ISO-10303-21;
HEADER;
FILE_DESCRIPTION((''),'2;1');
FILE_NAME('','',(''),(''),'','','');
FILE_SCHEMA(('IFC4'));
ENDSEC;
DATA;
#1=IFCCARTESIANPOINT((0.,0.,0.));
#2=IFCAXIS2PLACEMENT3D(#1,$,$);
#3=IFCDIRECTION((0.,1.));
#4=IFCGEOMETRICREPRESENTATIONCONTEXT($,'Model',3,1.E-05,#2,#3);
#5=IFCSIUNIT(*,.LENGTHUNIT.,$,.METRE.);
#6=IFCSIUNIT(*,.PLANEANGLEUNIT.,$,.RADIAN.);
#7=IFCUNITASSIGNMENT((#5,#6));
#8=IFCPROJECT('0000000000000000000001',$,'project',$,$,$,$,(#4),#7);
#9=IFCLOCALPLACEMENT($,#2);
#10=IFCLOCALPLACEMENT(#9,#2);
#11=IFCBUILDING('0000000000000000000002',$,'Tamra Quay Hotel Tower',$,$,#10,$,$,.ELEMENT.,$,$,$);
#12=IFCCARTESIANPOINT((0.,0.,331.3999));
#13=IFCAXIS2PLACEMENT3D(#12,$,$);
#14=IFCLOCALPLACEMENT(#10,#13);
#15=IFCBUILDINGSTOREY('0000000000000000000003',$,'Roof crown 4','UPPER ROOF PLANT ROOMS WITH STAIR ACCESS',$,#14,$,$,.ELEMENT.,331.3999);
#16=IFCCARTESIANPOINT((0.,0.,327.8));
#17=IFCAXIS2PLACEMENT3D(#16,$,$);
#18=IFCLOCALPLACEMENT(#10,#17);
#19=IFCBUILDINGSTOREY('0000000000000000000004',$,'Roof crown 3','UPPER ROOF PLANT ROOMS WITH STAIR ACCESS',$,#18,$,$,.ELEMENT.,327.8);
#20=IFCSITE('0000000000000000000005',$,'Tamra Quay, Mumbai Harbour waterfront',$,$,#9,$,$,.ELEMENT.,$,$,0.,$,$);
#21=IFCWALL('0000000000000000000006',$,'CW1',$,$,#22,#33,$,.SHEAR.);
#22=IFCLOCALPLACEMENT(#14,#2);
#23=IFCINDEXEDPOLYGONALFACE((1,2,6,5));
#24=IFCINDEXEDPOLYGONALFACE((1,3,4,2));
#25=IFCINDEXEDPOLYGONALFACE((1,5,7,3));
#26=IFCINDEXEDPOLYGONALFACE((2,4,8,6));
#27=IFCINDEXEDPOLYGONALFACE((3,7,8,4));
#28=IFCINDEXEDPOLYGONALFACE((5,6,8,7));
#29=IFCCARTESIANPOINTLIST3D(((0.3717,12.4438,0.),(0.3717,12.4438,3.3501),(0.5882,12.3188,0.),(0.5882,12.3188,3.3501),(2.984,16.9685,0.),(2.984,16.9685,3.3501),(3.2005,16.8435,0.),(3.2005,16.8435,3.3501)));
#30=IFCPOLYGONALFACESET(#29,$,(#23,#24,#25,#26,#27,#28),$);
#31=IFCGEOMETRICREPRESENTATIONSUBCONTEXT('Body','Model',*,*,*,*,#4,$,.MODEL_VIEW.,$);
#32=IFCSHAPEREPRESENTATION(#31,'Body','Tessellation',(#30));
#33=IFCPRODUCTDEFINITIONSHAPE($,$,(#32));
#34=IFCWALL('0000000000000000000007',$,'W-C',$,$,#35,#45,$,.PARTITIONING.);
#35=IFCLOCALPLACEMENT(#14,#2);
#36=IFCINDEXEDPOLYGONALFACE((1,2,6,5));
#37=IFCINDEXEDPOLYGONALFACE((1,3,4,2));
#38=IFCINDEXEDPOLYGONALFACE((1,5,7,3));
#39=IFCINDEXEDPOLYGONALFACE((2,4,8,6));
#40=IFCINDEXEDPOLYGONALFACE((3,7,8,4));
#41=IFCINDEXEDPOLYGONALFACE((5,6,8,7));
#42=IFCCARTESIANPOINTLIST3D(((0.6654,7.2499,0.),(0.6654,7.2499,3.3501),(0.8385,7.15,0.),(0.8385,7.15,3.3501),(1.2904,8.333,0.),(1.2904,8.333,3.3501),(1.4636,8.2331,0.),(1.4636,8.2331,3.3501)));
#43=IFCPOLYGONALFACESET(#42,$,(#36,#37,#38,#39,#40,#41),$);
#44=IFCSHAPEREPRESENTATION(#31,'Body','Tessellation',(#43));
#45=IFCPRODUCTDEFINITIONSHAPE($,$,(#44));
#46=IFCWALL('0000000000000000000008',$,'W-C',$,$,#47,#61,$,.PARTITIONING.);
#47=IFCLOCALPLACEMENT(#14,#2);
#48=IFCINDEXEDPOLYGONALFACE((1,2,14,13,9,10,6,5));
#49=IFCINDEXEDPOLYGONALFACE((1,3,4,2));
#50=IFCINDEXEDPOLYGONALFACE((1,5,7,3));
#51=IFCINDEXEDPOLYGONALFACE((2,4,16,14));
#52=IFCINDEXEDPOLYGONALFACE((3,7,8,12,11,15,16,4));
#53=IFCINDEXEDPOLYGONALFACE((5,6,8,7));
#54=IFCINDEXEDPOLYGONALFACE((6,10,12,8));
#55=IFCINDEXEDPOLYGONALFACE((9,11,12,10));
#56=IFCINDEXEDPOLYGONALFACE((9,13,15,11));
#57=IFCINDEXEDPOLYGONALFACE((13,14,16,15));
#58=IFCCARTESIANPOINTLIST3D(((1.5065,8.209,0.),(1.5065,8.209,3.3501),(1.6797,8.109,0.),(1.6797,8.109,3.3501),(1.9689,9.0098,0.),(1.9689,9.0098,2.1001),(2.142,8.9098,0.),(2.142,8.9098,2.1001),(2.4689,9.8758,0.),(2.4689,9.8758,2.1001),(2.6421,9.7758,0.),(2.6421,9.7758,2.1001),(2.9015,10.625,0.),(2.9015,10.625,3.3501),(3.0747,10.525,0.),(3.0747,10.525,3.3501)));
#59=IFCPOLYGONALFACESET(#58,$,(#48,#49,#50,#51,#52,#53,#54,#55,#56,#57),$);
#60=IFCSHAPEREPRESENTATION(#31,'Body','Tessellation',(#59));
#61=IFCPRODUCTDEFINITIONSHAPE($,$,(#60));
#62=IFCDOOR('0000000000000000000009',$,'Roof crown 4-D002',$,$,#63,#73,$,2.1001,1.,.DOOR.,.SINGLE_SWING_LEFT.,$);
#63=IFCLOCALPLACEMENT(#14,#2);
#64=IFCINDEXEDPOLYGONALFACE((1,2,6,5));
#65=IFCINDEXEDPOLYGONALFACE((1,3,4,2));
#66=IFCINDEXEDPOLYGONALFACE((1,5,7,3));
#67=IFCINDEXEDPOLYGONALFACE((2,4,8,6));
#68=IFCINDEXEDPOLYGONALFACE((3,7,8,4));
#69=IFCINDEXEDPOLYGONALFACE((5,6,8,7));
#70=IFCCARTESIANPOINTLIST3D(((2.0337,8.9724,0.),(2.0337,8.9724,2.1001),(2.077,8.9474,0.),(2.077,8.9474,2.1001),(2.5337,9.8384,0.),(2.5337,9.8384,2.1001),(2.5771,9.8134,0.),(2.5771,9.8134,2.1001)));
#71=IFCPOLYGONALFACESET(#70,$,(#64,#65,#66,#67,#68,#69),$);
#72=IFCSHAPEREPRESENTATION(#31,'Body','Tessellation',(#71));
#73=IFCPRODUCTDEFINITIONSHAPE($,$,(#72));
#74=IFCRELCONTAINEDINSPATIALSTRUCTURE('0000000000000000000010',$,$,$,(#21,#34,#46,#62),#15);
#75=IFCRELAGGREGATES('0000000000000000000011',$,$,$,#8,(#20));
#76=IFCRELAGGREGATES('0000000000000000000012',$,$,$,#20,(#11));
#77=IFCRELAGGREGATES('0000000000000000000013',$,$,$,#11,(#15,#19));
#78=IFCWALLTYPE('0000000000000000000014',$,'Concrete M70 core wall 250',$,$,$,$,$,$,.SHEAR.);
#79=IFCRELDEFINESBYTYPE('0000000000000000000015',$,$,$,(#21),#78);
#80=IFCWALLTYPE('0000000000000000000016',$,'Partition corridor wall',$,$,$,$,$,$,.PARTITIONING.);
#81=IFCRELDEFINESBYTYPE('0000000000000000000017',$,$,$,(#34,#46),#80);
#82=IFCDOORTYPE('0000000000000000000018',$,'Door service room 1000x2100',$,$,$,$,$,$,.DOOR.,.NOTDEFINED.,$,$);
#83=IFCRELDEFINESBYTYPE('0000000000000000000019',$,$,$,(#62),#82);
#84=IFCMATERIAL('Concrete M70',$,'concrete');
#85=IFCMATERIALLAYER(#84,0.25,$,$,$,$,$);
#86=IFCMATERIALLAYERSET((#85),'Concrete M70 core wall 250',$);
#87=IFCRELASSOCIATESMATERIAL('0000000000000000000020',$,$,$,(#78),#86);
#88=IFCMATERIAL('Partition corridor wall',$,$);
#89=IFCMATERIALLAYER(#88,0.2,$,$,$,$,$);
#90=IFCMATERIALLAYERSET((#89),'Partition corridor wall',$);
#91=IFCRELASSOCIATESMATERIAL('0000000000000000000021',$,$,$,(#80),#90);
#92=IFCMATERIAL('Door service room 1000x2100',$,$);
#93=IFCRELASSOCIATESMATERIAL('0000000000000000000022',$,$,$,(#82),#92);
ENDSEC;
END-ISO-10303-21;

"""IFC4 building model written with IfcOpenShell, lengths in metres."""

from ifc_helpers import new_model, si_unit, direction, frame, frame_2d, origin, place, context, subcontext, project, spatial, rectangle, extrude, material, layer, layer_set, type_object, element, fill, save


model = new_model("IFC4")

# Units and contexts
model_context = context("Model", 3, precision=1e-05, world=origin(), true_north=direction((0.0, 1.0)))
body_context = subcontext(model_context, "Body", "Model", "MODEL_VIEW")
ifc_project = project(units=[si_unit("LENGTHUNIT", "METRE"), si_unit("PLANEANGLEUNIT", "RADIAN")], contexts=[model_context])

# Site, building, storey
site_placement = place(None, origin())
site = spatial("IfcSite", under=ifc_project, at=site_placement, Name="Tamra Quay, Mumbai Harbour waterfront", CompositionType="ELEMENT", RefElevation=0.0)
building_placement = place(site_placement, origin())
building = spatial("IfcBuilding", under=site, at=building_placement, Name="Tamra Quay Hotel Tower", CompositionType="ELEMENT")
storey_1_placement = place(building_placement, frame((0.0, 0.0, 331.3999)))
storey_1 = spatial("IfcBuildingStorey", under=building, at=storey_1_placement, Name="Roof crown 4", Description="UPPER ROOF PLANT ROOMS WITH STAIR ACCESS", CompositionType="ELEMENT", Elevation=331.3999)

# Shared definitions
ifc_material_1 = material(Name="Concrete M70", Category="concrete")

# Shared definitions
storey_2_placement = place(building_placement, frame((0.0, 0.0, 327.8)))
storey_2 = spatial("IfcBuildingStorey", under=building, at=storey_2_placement, Name="Roof crown 3", Description="UPPER ROOF PLANT ROOMS WITH STAIR ACCESS", CompositionType="ELEMENT", Elevation=327.8)

# Walls
ifc_layer_1 = layer(ifc_material_1, 0.25)
ifc_layer_set_1 = layer_set([ifc_layer_1], Name="Concrete M70 core wall 250")
wall_type_1 = type_object("IfcWallType", Name="Concrete M70 core wall 250", PredefinedType="SHEAR", material=ifc_layer_set_1)
wall_1_placement = place(storey_1_placement, frame((0.48, 12.3813, 0.0), z_axis=(0.0, 0.0, 1.0), x_axis=(0.499999, 0.866026, 0.0)))
element("IfcWall", 1, at=wall_1_placement, inside=storey_1, type_object=wall_type_1, Name="CW1", PredefinedType="SHEAR", context=body_context, shape_type="SweptSolid", body=[
    extrude(rectangle(XDim=5.2246, YDim=0.25, at=frame_2d((2.6123, 0.0))), origin(), (0.0, 0.0, 1.0), 3.3501),
])
ifc_material_2 = material(Name="Partition corridor wall")
ifc_layer_2 = layer(ifc_material_2, 0.2)
ifc_layer_set_2 = layer_set([ifc_layer_2], Name="Partition corridor wall")
wall_type_2 = type_object("IfcWallType", Name="Partition corridor wall", PredefinedType="PARTITIONING", material=ifc_layer_set_2)
wall_2_placement = place(storey_1_placement, frame((0.752, 7.2, 0.0), z_axis=(0.0, 0.0, 1.0), x_axis=(0.499835, 0.866121, 0.0)))
element("IfcWall", 2, at=wall_2_placement, inside=storey_1, type_object=wall_type_2, Name="W-C", PredefinedType="PARTITIONING", context=body_context, shape_type="SweptSolid", body=[
    extrude(rectangle(XDim=1.2505, YDim=0.2, at=frame_2d((0.6252, 0.0))), origin(), (0.0, 0.0, 1.0), 3.3501),
])

# Wall, opening, door
wall_3_placement = place(storey_1_placement, frame((1.593, 8.1589, 0.0), z_axis=(0.0, 0.0, 1.0), x_axis=(0.500036, 0.866005, 0.0)))
wall_3 = element("IfcWall", 3, at=wall_3_placement, inside=storey_1, type_object=wall_type_2, Name="W-C", PredefinedType="PARTITIONING", context=body_context, shape_type="SweptSolid", body=[
    extrude(rectangle(XDim=2.7898, YDim=0.2, at=frame_2d((1.395, 0.0))), origin(), (0.0, 0.0, 1.0), 3.3501),
])
opening_1_placement = place(wall_3_placement, frame((0.9248, 0.0, 0.0)))
opening_1 = element("IfcOpeningElement", 4, at=opening_1_placement, cuts=wall_3, PredefinedType="OPENING", context=body_context, shape_type="SweptSolid", body=[
    extrude(rectangle(XDim=1.0, YDim=2.1001, at=frame_2d((0.5, 1.05))), frame((0.0, 0.1099, 0.0), z_axis=(0.0, -1.0, 0.0), x_axis=(1.0, 0.0, 0.0)), (0.0, 0.0, 1.0), 0.22),
])
ifc_material_3 = material(Name="Door service room 1000x2100")
door_type_1 = type_object("IfcDoorType", Name="Door service room 1000x2100", OperationType="NOTDEFINED", PredefinedType="DOOR", material=ifc_material_3)
door_1_placement = place(opening_1_placement, frame((1.0, 0.0, 0.0), z_axis=(0.0, 0.0, 1.0), x_axis=(-1.0, 0.0, 0.0)))
door_1 = element("IfcDoor", 5, at=door_1_placement, inside=storey_1, type_object=door_type_1, Name="Roof crown 4-D002", OperationType="SINGLE_SWING_LEFT", OverallHeight=2.1001, OverallWidth=1.0, PredefinedType="DOOR", context=body_context, shape_type="SweptSolid", body=[
    extrude(rectangle(XDim=1.0, YDim=2.1001, at=frame_2d((0.5, 1.05))), frame((0.0, 0.0249, 0.0), z_axis=(0.0, -1.0, 0.0), x_axis=(1.0, 0.0, 0.0)), (0.0, 0.0, 1.0), 0.05),
])
fill(opening_1, door_1)

save(model, "model.ifc")
